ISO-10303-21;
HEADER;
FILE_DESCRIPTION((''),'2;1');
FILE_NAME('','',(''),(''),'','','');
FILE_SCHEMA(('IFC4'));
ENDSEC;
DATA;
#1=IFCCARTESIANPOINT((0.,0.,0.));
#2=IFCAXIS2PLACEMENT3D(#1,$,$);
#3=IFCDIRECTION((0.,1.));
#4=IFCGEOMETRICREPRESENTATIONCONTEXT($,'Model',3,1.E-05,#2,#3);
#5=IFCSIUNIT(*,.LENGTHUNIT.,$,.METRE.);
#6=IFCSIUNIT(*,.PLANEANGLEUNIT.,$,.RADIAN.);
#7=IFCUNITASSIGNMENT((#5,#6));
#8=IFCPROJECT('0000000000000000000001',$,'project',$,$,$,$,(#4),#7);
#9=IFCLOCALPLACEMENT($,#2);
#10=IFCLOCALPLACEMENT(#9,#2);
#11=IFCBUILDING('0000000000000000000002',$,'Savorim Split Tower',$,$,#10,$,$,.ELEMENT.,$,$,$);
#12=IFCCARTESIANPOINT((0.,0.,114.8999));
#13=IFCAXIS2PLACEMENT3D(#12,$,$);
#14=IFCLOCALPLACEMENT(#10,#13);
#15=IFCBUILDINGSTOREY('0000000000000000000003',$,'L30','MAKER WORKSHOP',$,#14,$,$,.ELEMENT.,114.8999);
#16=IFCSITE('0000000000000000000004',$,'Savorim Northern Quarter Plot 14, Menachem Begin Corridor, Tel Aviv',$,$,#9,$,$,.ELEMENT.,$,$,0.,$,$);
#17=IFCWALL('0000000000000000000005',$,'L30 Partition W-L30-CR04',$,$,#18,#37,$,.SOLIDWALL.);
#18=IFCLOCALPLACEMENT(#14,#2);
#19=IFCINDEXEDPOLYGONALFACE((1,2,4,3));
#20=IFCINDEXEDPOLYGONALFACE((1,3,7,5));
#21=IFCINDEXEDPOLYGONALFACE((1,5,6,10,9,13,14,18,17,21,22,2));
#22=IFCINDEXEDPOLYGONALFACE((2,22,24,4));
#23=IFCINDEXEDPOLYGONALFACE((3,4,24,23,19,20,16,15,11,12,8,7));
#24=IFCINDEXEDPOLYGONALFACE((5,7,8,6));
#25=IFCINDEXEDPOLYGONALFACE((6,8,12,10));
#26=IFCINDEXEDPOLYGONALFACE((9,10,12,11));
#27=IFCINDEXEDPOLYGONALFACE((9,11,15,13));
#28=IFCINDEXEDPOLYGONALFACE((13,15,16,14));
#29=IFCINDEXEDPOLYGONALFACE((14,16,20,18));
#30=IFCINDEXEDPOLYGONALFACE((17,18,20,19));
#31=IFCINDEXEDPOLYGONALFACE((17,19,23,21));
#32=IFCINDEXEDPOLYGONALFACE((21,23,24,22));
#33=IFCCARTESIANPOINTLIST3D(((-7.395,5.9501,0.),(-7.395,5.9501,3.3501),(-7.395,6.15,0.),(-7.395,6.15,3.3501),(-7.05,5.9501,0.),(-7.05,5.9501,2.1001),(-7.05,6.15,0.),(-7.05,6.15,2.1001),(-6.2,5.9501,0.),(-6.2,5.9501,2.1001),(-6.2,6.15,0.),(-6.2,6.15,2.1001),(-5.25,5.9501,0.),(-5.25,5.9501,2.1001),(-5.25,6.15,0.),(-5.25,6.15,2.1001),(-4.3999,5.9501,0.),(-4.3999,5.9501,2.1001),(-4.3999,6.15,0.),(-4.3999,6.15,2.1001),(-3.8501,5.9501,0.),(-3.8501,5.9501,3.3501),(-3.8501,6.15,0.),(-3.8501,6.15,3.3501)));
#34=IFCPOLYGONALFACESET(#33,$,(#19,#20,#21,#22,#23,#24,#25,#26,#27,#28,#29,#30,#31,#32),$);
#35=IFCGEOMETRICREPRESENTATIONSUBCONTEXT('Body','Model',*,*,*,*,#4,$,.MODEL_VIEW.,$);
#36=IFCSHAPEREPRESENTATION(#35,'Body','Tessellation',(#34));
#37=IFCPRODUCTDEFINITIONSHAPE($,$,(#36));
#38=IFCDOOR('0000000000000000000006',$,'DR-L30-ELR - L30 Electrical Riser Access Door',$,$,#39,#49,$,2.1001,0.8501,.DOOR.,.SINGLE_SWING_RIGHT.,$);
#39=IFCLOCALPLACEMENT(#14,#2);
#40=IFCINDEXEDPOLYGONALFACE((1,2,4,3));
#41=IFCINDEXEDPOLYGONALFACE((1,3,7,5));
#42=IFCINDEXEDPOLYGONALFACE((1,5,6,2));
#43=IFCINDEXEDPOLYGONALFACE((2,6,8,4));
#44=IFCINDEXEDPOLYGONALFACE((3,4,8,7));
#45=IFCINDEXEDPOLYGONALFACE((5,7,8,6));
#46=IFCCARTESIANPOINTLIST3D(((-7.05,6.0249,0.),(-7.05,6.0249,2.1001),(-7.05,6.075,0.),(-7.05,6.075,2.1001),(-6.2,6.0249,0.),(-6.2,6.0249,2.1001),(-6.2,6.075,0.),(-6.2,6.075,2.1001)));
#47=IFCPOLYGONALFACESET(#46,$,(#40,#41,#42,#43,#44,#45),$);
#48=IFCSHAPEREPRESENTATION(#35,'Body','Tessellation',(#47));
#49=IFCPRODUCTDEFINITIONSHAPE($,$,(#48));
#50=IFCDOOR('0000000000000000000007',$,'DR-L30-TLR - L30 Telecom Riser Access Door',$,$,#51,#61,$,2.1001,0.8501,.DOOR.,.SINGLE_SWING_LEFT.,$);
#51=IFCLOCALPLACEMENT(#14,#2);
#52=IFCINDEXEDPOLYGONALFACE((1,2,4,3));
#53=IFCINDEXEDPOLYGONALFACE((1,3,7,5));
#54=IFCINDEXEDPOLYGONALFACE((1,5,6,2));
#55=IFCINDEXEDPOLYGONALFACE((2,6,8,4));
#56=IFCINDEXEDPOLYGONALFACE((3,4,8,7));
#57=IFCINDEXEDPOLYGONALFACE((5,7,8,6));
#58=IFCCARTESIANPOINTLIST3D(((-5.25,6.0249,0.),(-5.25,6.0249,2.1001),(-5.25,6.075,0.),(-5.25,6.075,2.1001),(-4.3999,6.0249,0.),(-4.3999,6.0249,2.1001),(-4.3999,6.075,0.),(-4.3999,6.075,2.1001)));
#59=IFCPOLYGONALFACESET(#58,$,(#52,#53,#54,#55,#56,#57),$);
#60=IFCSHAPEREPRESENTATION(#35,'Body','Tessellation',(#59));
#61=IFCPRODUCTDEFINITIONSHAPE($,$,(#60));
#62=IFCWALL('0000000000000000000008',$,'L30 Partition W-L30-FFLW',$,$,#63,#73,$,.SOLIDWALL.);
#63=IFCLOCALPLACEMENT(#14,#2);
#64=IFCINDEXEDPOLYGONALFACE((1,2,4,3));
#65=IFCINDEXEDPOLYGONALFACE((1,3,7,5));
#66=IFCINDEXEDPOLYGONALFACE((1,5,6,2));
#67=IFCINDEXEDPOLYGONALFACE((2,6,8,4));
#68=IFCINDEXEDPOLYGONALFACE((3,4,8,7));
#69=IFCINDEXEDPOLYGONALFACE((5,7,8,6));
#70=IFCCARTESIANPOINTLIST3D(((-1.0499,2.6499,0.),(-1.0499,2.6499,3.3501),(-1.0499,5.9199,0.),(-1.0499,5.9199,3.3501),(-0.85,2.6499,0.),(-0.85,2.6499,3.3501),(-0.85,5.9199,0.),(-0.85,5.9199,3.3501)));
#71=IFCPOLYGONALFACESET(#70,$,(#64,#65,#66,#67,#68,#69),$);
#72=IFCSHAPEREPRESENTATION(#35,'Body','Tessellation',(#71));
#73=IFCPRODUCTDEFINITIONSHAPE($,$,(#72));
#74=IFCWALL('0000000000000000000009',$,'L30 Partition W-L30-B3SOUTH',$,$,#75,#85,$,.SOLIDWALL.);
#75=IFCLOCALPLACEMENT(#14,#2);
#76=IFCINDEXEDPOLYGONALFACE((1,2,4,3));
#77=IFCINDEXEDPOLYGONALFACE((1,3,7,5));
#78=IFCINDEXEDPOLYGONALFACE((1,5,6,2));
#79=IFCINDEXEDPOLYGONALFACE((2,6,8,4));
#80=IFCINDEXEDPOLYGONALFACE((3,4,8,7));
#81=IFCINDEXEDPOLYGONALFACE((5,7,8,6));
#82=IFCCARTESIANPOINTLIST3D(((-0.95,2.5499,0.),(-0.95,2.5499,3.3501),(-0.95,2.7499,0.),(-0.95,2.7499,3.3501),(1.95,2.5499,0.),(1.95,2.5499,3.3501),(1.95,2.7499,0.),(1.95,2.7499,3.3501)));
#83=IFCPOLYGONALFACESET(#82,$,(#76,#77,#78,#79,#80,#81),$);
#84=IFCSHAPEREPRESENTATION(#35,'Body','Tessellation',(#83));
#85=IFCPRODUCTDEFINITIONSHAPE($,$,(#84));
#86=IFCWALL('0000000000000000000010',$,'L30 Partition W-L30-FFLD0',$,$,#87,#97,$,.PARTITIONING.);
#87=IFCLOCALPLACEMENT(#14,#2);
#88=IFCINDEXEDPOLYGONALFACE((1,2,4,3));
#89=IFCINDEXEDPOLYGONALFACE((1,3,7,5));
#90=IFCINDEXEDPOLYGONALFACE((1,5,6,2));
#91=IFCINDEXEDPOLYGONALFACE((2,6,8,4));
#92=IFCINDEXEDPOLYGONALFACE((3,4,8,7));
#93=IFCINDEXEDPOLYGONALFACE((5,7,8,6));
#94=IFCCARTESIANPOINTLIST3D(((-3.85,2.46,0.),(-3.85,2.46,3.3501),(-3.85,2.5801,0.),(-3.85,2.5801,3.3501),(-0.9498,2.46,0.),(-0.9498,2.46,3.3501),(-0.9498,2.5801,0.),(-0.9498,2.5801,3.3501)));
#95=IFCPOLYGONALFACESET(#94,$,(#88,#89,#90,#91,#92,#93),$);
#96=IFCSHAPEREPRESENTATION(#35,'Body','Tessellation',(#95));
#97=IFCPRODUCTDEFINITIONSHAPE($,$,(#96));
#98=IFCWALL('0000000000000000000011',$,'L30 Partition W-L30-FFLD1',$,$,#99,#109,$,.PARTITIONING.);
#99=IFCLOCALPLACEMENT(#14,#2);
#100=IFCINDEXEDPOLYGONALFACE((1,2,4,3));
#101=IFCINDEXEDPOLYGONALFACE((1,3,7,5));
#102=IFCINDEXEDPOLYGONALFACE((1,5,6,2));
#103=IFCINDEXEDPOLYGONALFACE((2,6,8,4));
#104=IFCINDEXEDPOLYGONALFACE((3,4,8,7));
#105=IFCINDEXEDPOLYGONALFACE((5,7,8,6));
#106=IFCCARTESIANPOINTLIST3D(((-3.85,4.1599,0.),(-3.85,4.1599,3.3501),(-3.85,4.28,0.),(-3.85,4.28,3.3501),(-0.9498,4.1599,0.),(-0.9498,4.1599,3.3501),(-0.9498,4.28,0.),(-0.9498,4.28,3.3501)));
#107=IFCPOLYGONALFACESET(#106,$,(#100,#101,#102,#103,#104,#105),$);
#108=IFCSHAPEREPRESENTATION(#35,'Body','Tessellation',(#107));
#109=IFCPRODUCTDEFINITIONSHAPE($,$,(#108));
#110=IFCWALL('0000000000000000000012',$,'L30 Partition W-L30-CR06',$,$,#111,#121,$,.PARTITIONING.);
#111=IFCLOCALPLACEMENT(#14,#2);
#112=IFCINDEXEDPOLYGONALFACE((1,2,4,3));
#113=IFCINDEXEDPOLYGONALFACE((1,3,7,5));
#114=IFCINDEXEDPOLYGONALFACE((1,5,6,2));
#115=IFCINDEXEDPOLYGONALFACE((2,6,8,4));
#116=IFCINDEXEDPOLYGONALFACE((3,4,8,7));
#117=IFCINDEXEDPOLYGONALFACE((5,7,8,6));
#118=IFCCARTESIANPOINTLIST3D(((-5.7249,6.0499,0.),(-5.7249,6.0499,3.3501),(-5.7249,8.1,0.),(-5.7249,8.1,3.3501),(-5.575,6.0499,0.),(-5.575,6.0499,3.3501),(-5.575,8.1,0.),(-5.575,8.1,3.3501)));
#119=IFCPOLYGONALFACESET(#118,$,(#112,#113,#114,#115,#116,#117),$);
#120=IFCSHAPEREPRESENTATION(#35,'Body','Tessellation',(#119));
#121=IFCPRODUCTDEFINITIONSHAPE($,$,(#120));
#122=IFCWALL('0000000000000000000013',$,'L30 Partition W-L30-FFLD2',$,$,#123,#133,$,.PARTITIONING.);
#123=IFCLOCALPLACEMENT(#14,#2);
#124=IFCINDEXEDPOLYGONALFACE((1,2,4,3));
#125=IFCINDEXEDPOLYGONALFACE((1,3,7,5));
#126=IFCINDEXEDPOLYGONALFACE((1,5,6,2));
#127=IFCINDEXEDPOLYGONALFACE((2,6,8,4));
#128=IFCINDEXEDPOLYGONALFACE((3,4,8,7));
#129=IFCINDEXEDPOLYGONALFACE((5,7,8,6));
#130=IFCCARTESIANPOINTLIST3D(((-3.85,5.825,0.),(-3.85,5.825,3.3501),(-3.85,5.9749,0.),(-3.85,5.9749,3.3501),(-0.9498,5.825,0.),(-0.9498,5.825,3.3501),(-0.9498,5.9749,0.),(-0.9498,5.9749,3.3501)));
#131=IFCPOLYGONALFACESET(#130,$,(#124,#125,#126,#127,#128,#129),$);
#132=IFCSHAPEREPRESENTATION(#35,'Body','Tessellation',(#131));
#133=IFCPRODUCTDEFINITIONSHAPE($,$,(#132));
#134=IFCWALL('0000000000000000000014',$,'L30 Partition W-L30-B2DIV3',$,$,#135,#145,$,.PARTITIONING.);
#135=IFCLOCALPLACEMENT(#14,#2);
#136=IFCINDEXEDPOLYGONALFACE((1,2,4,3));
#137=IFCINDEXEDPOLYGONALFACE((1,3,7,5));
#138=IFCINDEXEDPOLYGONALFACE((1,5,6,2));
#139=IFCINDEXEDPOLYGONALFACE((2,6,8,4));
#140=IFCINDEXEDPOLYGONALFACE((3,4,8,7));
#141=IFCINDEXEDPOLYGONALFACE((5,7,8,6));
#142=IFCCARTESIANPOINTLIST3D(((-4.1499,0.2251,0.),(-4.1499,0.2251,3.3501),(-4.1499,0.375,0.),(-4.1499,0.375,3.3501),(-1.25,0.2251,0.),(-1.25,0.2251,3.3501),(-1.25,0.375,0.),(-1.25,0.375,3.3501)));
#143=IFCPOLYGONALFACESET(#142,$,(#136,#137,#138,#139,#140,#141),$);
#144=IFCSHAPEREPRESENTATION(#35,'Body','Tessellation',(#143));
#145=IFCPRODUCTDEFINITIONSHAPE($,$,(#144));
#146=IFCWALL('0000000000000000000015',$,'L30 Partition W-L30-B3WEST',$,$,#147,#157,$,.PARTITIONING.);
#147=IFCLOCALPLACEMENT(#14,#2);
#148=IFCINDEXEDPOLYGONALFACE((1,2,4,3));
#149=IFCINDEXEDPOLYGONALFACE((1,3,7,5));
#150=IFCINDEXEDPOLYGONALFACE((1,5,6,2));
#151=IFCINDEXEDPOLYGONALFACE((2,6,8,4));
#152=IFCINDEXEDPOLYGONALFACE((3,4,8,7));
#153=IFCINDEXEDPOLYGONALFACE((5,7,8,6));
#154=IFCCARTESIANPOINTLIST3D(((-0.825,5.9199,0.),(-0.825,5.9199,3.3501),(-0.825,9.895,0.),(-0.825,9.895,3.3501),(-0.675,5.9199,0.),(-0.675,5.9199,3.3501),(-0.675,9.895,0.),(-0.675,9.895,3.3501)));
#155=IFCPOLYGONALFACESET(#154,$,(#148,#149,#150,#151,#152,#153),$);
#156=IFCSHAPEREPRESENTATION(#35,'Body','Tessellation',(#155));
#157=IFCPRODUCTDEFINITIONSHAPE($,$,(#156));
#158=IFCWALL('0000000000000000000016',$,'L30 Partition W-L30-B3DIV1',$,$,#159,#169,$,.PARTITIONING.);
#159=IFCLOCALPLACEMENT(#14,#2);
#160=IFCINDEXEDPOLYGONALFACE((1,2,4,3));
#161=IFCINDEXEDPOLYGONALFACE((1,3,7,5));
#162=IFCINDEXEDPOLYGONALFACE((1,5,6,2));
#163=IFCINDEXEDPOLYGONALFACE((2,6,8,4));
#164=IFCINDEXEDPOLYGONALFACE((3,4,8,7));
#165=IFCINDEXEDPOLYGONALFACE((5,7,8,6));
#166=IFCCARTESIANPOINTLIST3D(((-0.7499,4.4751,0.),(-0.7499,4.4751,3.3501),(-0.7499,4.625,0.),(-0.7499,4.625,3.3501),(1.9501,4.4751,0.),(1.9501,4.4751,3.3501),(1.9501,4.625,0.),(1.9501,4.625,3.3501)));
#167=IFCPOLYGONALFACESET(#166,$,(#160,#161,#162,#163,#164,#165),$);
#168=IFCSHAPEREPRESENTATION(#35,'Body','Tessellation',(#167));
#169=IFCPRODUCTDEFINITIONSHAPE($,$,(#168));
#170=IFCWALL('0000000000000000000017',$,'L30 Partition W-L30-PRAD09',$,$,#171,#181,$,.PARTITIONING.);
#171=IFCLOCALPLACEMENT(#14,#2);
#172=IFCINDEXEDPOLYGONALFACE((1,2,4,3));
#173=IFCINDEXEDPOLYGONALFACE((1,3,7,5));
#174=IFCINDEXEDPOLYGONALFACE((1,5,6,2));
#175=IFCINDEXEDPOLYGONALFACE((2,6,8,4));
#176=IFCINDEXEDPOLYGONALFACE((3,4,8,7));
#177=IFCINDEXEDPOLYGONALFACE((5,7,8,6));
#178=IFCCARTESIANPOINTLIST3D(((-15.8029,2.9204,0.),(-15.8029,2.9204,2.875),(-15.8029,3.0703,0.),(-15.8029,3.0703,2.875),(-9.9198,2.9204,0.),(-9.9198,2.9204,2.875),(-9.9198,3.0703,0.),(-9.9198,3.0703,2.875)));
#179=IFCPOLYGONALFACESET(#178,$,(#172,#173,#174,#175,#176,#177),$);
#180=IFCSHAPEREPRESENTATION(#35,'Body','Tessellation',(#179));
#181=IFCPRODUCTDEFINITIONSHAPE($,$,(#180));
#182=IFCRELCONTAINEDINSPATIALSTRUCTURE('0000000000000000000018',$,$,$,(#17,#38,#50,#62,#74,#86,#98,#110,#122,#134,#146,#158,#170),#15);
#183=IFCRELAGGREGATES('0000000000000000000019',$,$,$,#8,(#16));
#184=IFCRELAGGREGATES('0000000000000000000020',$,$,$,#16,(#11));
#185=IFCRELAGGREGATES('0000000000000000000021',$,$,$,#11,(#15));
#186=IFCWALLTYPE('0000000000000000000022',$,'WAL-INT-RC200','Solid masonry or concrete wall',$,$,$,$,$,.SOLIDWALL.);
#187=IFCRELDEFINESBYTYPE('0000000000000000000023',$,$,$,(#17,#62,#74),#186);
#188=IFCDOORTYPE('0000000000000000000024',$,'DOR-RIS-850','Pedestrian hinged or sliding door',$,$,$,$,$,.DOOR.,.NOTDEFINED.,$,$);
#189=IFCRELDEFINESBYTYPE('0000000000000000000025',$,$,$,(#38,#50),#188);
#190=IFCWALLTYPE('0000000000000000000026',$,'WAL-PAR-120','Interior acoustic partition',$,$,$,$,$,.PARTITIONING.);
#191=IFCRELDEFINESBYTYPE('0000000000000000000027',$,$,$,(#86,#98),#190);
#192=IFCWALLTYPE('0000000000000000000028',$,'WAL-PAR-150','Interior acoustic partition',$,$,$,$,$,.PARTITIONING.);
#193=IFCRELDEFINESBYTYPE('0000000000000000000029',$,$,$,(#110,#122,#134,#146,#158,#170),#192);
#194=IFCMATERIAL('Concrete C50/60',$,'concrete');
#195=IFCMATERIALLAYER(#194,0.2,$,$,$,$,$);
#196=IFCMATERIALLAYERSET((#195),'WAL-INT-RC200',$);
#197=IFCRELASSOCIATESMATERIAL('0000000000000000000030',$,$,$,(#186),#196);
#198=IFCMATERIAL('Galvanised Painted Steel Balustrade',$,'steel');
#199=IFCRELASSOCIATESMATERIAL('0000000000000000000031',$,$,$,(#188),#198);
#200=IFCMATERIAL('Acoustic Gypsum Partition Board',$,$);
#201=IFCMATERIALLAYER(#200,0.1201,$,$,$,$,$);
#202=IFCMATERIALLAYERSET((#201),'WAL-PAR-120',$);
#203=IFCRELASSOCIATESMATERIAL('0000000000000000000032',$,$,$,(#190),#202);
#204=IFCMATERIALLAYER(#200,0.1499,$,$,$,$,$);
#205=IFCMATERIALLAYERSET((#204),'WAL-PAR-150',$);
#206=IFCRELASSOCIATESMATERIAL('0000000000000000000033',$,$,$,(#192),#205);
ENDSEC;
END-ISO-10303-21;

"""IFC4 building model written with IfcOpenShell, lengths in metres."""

from ifc_helpers import new_model, si_unit, direction, frame, frame_2d, origin, place, context, subcontext, project, spatial, rectangle, extrude, material, layer, layer_set, type_object, element, fill, save


model = new_model("IFC4")

# Units and contexts
model_context = context("Model", 3, precision=1e-05, world=origin(), true_north=direction((0.0, 1.0)))
body_context = subcontext(model_context, "Body", "Model", "MODEL_VIEW")
ifc_project = project(units=[si_unit("LENGTHUNIT", "METRE"), si_unit("PLANEANGLEUNIT", "RADIAN")], contexts=[model_context])

# Site, building, storey
site_placement = place(None, origin())
site = spatial("IfcSite", under=ifc_project, at=site_placement, Name="Savorim Northern Quarter Plot 14, Menachem Begin Corridor, Tel Aviv", CompositionType="ELEMENT", RefElevation=0.0)
building_placement = place(site_placement, origin())
building = spatial("IfcBuilding", under=site, at=building_placement, Name="Savorim Split Tower", CompositionType="ELEMENT")
storey_placement = place(building_placement, frame((0.0, 0.0, 114.8999)))
storey = spatial("IfcBuildingStorey", under=building, at=storey_placement, Name="L30", Description="MAKER WORKSHOP", CompositionType="ELEMENT", Elevation=114.8999)

# Shared definitions
ifc_material_1 = material(Name="Concrete C50/60", Category="concrete")
ifc_layer_1 = layer(ifc_material_1, 0.2)
ifc_layer_set_1 = layer_set([ifc_layer_1], Name="WAL-INT-RC200")
wall_type_1 = type_object("IfcWallType", Name="WAL-INT-RC200", Description="Solid masonry or concrete wall", PredefinedType="SOLIDWALL", material=ifc_layer_set_1)

# Wall, openings, doors
wall_1_placement = place(storey_placement, frame((-7.395, 6.05, 0.0), z_axis=(0.0, 0.0, 1.0), x_axis=(1.0, 0.0, 0.0)))
wall_1 = element("IfcWall", 1, at=wall_1_placement, inside=storey, type_object=wall_type_1, Name="L30 Partition W-L30-CR04", PredefinedType="SOLIDWALL", context=body_context, shape_type="SweptSolid", body=[
    extrude(rectangle(XDim=3.5449, YDim=0.2, at=frame_2d((1.7725, 0.0))), origin(), (0.0, 0.0, 1.0), 3.3501),
])
opening_1_placement = place(wall_1_placement, frame((0.345, 0.0, 0.0)))
opening_1 = element("IfcOpeningElement", 2, at=opening_1_placement, cuts=wall_1, PredefinedType="OPENING", context=body_context, shape_type="SweptSolid", body=[
    extrude(rectangle(XDim=0.8501, YDim=2.1001, at=frame_2d((0.425, 1.05))), frame((0.0, 0.1099, 0.0), z_axis=(0.0, -1.0, 0.0), x_axis=(1.0, 0.0, 0.0)), (0.0, 0.0, 1.0), 0.22),
])
opening_2_placement = place(wall_1_placement, frame((2.145, 0.0, 0.0)))
opening_2 = element("IfcOpeningElement", 3, at=opening_2_placement, cuts=wall_1, PredefinedType="OPENING", context=body_context, shape_type="SweptSolid", body=[
    extrude(rectangle(XDim=0.8501, YDim=2.1001, at=frame_2d((0.425, 1.05))), frame((0.0, 0.1099, 0.0), z_axis=(0.0, -1.0, 0.0), x_axis=(1.0, 0.0, 0.0)), (0.0, 0.0, 1.0), 0.22),
])
ifc_material_2 = material(Name="Galvanised Painted Steel Balustrade", Category="steel")
door_type_1 = type_object("IfcDoorType", Name="DOR-RIS-850", Description="Pedestrian hinged or sliding door", OperationType="NOTDEFINED", PredefinedType="DOOR", material=ifc_material_2)
door_1_placement = place(opening_1_placement, origin())
door_1 = element("IfcDoor", 4, at=door_1_placement, inside=storey, type_object=door_type_1, Name="DR-L30-ELR - L30 Electrical Riser Access Door", OperationType="SINGLE_SWING_RIGHT", OverallHeight=2.1001, OverallWidth=0.8501, PredefinedType="DOOR", context=body_context, shape_type="SweptSolid", body=[
    extrude(rectangle(XDim=0.8501, YDim=2.1001, at=frame_2d((0.425, 1.05))), frame((0.0, 0.0249, 0.0), z_axis=(0.0, -1.0, 0.0), x_axis=(1.0, 0.0, 0.0)), (0.0, 0.0, 1.0), 0.05),
])
fill(opening_1, door_1)
door_2_placement = place(opening_2_placement, origin())
door_2 = element("IfcDoor", 5, at=door_2_placement, inside=storey, type_object=door_type_1, Name="DR-L30-TLR - L30 Telecom Riser Access Door", OperationType="SINGLE_SWING_LEFT", OverallHeight=2.1001, OverallWidth=0.8501, PredefinedType="DOOR", context=body_context, shape_type="SweptSolid", body=[
    extrude(rectangle(XDim=0.8501, YDim=2.1001, at=frame_2d((0.425, 1.05))), frame((0.0, 0.0249, 0.0), z_axis=(0.0, -1.0, 0.0), x_axis=(1.0, 0.0, 0.0)), (0.0, 0.0, 1.0), 0.05),
])
fill(opening_2, door_2)

# Walls
wall_2_placement = place(storey_placement, frame((-0.95, 2.6499, 0.0), z_axis=(0.0, 0.0, 1.0), x_axis=(0.0, 1.0, 0.0)))
element("IfcWall", 6, at=wall_2_placement, inside=storey, type_object=wall_type_1, Name="L30 Partition W-L30-FFLW", PredefinedType="SOLIDWALL", context=body_context, shape_type="SweptSolid", body=[
    extrude(rectangle(XDim=3.27, YDim=0.2, at=frame_2d((1.635, 0.0))), origin(), (0.0, 0.0, 1.0), 3.3501),
])
wall_3_placement = place(storey_placement, frame((-0.95, 2.6499, 0.0), z_axis=(0.0, 0.0, 1.0), x_axis=(1.0, 0.0, 0.0)))
element("IfcWall", 7, at=wall_3_placement, inside=storey, type_object=wall_type_1, Name="L30 Partition W-L30-B3SOUTH", PredefinedType="SOLIDWALL", context=body_context, shape_type="SweptSolid", body=[
    extrude(rectangle(XDim=2.8999, YDim=0.2, at=frame_2d((1.45, 0.0))), origin(), (0.0, 0.0, 1.0), 3.3501),
])
ifc_material_3 = material(Name="Acoustic Gypsum Partition Board")
ifc_layer_2 = layer(ifc_material_3, 0.1201)
ifc_layer_set_2 = layer_set([ifc_layer_2], Name="WAL-PAR-120")
wall_type_2 = type_object("IfcWallType", Name="WAL-PAR-120", Description="Interior acoustic partition", PredefinedType="PARTITIONING", material=ifc_layer_set_2)
for number, where, z_axis, x_axis, name in (
    (8, (-3.8501, 2.52, 0.0), (0.0, 0.0, 1.0), (1.0, 0.0, 0.0), "L30 Partition W-L30-FFLD0"),
    (9, (-3.8501, 4.22, 0.0), (0.0, 0.0, 1.0), (1.0, 0.0, 0.0), "L30 Partition W-L30-FFLD1"),
):
    element("IfcWall", number, at=place(storey_placement, frame(where, z_axis=z_axis, x_axis=x_axis)), inside=storey, type_object=wall_type_2, Name=name, PredefinedType="PARTITIONING", context=body_context, shape_type="SweptSolid", body=[
        extrude(rectangle(XDim=2.9001, YDim=0.1201, at=frame_2d((1.4502, 0.0))), origin(), (0.0, 0.0, 1.0), 3.3501),
    ])
ifc_layer_3 = layer(ifc_material_3, 0.1499)
ifc_layer_set_3 = layer_set([ifc_layer_3], Name="WAL-PAR-150")
wall_type_3 = type_object("IfcWallType", Name="WAL-PAR-150", Description="Interior acoustic partition", PredefinedType="PARTITIONING", material=ifc_layer_set_3)
wall_4_placement = place(storey_placement, frame((-5.6499, 6.05, 0.0), z_axis=(0.0, 0.0, 1.0), x_axis=(0.0, 1.0, 0.0)))
element("IfcWall", 10, at=wall_4_placement, inside=storey, type_object=wall_type_3, Name="L30 Partition W-L30-CR06", PredefinedType="PARTITIONING", context=body_context, shape_type="SweptSolid", body=[
    extrude(rectangle(XDim=2.05, YDim=0.1499, at=frame_2d((1.0249, 0.0))), origin(), (0.0, 0.0, 1.0), 3.3501),
])
wall_5_placement = place(storey_placement, frame((-3.8501, 5.8999, 0.0), z_axis=(0.0, 0.0, 1.0), x_axis=(1.0, 0.0, 0.0)))
element("IfcWall", 11, at=wall_5_placement, inside=storey, type_object=wall_type_3, Name="L30 Partition W-L30-FFLD2", PredefinedType="PARTITIONING", context=body_context, shape_type="SweptSolid", body=[
    extrude(rectangle(XDim=2.9001, YDim=0.1499, at=frame_2d((1.4502, 0.0))), origin(), (0.0, 0.0, 1.0), 3.3501),
])
wall_6_placement = place(storey_placement, frame((-4.1499, 0.3, 0.0), z_axis=(0.0, 0.0, 1.0), x_axis=(1.0, 0.0, 0.0)))
element("IfcWall", 12, at=wall_6_placement, inside=storey, type_object=wall_type_3, Name="L30 Partition W-L30-B2DIV3", PredefinedType="PARTITIONING", context=body_context, shape_type="SweptSolid", body=[
    extrude(rectangle(XDim=2.8999, YDim=0.1499, at=frame_2d((1.45, 0.0))), origin(), (0.0, 0.0, 1.0), 3.3501),
])
wall_7_placement = place(storey_placement, frame((-0.75, 5.9199, 0.0), z_axis=(0.0, 0.0, 1.0), x_axis=(0.0, 1.0, 0.0)))
element("IfcWall", 13, at=wall_7_placement, inside=storey, type_object=wall_type_3, Name="L30 Partition W-L30-B3WEST", PredefinedType="PARTITIONING", context=body_context, shape_type="SweptSolid", body=[
    extrude(rectangle(XDim=3.9751, YDim=0.1499, at=frame_2d((1.9875, 0.0))), origin(), (0.0, 0.0, 1.0), 3.3501),
])
wall_8_placement = place(storey_placement, frame((-0.75, 4.55, 0.0), z_axis=(0.0, 0.0, 1.0), x_axis=(1.0, 0.0, 0.0)))
element("IfcWall", 14, at=wall_8_placement, inside=storey, type_object=wall_type_3, Name="L30 Partition W-L30-B3DIV1", PredefinedType="PARTITIONING", context=body_context, shape_type="SweptSolid", body=[
    extrude(rectangle(XDim=2.7, YDim=0.1499, at=frame_2d((1.3501, 0.0))), origin(), (0.0, 0.0, 1.0), 3.3501),
])
wall_9_placement = place(storey_placement, frame((-9.9199, 2.9954, 0.0), z_axis=(0.0, 0.0, 1.0), x_axis=(-1.0, 0.0, 0.0)))
element("IfcWall", 15, at=wall_9_placement, inside=storey, type_object=wall_type_3, Name="L30 Partition W-L30-PRAD09", PredefinedType="PARTITIONING", context=body_context, shape_type="SweptSolid", body=[
    extrude(rectangle(XDim=5.8831, YDim=0.1499, at=frame_2d((2.9414, 0.0))), origin(), (0.0, 0.0, 1.0), 2.875),
])

save(model, "model.ifc")
